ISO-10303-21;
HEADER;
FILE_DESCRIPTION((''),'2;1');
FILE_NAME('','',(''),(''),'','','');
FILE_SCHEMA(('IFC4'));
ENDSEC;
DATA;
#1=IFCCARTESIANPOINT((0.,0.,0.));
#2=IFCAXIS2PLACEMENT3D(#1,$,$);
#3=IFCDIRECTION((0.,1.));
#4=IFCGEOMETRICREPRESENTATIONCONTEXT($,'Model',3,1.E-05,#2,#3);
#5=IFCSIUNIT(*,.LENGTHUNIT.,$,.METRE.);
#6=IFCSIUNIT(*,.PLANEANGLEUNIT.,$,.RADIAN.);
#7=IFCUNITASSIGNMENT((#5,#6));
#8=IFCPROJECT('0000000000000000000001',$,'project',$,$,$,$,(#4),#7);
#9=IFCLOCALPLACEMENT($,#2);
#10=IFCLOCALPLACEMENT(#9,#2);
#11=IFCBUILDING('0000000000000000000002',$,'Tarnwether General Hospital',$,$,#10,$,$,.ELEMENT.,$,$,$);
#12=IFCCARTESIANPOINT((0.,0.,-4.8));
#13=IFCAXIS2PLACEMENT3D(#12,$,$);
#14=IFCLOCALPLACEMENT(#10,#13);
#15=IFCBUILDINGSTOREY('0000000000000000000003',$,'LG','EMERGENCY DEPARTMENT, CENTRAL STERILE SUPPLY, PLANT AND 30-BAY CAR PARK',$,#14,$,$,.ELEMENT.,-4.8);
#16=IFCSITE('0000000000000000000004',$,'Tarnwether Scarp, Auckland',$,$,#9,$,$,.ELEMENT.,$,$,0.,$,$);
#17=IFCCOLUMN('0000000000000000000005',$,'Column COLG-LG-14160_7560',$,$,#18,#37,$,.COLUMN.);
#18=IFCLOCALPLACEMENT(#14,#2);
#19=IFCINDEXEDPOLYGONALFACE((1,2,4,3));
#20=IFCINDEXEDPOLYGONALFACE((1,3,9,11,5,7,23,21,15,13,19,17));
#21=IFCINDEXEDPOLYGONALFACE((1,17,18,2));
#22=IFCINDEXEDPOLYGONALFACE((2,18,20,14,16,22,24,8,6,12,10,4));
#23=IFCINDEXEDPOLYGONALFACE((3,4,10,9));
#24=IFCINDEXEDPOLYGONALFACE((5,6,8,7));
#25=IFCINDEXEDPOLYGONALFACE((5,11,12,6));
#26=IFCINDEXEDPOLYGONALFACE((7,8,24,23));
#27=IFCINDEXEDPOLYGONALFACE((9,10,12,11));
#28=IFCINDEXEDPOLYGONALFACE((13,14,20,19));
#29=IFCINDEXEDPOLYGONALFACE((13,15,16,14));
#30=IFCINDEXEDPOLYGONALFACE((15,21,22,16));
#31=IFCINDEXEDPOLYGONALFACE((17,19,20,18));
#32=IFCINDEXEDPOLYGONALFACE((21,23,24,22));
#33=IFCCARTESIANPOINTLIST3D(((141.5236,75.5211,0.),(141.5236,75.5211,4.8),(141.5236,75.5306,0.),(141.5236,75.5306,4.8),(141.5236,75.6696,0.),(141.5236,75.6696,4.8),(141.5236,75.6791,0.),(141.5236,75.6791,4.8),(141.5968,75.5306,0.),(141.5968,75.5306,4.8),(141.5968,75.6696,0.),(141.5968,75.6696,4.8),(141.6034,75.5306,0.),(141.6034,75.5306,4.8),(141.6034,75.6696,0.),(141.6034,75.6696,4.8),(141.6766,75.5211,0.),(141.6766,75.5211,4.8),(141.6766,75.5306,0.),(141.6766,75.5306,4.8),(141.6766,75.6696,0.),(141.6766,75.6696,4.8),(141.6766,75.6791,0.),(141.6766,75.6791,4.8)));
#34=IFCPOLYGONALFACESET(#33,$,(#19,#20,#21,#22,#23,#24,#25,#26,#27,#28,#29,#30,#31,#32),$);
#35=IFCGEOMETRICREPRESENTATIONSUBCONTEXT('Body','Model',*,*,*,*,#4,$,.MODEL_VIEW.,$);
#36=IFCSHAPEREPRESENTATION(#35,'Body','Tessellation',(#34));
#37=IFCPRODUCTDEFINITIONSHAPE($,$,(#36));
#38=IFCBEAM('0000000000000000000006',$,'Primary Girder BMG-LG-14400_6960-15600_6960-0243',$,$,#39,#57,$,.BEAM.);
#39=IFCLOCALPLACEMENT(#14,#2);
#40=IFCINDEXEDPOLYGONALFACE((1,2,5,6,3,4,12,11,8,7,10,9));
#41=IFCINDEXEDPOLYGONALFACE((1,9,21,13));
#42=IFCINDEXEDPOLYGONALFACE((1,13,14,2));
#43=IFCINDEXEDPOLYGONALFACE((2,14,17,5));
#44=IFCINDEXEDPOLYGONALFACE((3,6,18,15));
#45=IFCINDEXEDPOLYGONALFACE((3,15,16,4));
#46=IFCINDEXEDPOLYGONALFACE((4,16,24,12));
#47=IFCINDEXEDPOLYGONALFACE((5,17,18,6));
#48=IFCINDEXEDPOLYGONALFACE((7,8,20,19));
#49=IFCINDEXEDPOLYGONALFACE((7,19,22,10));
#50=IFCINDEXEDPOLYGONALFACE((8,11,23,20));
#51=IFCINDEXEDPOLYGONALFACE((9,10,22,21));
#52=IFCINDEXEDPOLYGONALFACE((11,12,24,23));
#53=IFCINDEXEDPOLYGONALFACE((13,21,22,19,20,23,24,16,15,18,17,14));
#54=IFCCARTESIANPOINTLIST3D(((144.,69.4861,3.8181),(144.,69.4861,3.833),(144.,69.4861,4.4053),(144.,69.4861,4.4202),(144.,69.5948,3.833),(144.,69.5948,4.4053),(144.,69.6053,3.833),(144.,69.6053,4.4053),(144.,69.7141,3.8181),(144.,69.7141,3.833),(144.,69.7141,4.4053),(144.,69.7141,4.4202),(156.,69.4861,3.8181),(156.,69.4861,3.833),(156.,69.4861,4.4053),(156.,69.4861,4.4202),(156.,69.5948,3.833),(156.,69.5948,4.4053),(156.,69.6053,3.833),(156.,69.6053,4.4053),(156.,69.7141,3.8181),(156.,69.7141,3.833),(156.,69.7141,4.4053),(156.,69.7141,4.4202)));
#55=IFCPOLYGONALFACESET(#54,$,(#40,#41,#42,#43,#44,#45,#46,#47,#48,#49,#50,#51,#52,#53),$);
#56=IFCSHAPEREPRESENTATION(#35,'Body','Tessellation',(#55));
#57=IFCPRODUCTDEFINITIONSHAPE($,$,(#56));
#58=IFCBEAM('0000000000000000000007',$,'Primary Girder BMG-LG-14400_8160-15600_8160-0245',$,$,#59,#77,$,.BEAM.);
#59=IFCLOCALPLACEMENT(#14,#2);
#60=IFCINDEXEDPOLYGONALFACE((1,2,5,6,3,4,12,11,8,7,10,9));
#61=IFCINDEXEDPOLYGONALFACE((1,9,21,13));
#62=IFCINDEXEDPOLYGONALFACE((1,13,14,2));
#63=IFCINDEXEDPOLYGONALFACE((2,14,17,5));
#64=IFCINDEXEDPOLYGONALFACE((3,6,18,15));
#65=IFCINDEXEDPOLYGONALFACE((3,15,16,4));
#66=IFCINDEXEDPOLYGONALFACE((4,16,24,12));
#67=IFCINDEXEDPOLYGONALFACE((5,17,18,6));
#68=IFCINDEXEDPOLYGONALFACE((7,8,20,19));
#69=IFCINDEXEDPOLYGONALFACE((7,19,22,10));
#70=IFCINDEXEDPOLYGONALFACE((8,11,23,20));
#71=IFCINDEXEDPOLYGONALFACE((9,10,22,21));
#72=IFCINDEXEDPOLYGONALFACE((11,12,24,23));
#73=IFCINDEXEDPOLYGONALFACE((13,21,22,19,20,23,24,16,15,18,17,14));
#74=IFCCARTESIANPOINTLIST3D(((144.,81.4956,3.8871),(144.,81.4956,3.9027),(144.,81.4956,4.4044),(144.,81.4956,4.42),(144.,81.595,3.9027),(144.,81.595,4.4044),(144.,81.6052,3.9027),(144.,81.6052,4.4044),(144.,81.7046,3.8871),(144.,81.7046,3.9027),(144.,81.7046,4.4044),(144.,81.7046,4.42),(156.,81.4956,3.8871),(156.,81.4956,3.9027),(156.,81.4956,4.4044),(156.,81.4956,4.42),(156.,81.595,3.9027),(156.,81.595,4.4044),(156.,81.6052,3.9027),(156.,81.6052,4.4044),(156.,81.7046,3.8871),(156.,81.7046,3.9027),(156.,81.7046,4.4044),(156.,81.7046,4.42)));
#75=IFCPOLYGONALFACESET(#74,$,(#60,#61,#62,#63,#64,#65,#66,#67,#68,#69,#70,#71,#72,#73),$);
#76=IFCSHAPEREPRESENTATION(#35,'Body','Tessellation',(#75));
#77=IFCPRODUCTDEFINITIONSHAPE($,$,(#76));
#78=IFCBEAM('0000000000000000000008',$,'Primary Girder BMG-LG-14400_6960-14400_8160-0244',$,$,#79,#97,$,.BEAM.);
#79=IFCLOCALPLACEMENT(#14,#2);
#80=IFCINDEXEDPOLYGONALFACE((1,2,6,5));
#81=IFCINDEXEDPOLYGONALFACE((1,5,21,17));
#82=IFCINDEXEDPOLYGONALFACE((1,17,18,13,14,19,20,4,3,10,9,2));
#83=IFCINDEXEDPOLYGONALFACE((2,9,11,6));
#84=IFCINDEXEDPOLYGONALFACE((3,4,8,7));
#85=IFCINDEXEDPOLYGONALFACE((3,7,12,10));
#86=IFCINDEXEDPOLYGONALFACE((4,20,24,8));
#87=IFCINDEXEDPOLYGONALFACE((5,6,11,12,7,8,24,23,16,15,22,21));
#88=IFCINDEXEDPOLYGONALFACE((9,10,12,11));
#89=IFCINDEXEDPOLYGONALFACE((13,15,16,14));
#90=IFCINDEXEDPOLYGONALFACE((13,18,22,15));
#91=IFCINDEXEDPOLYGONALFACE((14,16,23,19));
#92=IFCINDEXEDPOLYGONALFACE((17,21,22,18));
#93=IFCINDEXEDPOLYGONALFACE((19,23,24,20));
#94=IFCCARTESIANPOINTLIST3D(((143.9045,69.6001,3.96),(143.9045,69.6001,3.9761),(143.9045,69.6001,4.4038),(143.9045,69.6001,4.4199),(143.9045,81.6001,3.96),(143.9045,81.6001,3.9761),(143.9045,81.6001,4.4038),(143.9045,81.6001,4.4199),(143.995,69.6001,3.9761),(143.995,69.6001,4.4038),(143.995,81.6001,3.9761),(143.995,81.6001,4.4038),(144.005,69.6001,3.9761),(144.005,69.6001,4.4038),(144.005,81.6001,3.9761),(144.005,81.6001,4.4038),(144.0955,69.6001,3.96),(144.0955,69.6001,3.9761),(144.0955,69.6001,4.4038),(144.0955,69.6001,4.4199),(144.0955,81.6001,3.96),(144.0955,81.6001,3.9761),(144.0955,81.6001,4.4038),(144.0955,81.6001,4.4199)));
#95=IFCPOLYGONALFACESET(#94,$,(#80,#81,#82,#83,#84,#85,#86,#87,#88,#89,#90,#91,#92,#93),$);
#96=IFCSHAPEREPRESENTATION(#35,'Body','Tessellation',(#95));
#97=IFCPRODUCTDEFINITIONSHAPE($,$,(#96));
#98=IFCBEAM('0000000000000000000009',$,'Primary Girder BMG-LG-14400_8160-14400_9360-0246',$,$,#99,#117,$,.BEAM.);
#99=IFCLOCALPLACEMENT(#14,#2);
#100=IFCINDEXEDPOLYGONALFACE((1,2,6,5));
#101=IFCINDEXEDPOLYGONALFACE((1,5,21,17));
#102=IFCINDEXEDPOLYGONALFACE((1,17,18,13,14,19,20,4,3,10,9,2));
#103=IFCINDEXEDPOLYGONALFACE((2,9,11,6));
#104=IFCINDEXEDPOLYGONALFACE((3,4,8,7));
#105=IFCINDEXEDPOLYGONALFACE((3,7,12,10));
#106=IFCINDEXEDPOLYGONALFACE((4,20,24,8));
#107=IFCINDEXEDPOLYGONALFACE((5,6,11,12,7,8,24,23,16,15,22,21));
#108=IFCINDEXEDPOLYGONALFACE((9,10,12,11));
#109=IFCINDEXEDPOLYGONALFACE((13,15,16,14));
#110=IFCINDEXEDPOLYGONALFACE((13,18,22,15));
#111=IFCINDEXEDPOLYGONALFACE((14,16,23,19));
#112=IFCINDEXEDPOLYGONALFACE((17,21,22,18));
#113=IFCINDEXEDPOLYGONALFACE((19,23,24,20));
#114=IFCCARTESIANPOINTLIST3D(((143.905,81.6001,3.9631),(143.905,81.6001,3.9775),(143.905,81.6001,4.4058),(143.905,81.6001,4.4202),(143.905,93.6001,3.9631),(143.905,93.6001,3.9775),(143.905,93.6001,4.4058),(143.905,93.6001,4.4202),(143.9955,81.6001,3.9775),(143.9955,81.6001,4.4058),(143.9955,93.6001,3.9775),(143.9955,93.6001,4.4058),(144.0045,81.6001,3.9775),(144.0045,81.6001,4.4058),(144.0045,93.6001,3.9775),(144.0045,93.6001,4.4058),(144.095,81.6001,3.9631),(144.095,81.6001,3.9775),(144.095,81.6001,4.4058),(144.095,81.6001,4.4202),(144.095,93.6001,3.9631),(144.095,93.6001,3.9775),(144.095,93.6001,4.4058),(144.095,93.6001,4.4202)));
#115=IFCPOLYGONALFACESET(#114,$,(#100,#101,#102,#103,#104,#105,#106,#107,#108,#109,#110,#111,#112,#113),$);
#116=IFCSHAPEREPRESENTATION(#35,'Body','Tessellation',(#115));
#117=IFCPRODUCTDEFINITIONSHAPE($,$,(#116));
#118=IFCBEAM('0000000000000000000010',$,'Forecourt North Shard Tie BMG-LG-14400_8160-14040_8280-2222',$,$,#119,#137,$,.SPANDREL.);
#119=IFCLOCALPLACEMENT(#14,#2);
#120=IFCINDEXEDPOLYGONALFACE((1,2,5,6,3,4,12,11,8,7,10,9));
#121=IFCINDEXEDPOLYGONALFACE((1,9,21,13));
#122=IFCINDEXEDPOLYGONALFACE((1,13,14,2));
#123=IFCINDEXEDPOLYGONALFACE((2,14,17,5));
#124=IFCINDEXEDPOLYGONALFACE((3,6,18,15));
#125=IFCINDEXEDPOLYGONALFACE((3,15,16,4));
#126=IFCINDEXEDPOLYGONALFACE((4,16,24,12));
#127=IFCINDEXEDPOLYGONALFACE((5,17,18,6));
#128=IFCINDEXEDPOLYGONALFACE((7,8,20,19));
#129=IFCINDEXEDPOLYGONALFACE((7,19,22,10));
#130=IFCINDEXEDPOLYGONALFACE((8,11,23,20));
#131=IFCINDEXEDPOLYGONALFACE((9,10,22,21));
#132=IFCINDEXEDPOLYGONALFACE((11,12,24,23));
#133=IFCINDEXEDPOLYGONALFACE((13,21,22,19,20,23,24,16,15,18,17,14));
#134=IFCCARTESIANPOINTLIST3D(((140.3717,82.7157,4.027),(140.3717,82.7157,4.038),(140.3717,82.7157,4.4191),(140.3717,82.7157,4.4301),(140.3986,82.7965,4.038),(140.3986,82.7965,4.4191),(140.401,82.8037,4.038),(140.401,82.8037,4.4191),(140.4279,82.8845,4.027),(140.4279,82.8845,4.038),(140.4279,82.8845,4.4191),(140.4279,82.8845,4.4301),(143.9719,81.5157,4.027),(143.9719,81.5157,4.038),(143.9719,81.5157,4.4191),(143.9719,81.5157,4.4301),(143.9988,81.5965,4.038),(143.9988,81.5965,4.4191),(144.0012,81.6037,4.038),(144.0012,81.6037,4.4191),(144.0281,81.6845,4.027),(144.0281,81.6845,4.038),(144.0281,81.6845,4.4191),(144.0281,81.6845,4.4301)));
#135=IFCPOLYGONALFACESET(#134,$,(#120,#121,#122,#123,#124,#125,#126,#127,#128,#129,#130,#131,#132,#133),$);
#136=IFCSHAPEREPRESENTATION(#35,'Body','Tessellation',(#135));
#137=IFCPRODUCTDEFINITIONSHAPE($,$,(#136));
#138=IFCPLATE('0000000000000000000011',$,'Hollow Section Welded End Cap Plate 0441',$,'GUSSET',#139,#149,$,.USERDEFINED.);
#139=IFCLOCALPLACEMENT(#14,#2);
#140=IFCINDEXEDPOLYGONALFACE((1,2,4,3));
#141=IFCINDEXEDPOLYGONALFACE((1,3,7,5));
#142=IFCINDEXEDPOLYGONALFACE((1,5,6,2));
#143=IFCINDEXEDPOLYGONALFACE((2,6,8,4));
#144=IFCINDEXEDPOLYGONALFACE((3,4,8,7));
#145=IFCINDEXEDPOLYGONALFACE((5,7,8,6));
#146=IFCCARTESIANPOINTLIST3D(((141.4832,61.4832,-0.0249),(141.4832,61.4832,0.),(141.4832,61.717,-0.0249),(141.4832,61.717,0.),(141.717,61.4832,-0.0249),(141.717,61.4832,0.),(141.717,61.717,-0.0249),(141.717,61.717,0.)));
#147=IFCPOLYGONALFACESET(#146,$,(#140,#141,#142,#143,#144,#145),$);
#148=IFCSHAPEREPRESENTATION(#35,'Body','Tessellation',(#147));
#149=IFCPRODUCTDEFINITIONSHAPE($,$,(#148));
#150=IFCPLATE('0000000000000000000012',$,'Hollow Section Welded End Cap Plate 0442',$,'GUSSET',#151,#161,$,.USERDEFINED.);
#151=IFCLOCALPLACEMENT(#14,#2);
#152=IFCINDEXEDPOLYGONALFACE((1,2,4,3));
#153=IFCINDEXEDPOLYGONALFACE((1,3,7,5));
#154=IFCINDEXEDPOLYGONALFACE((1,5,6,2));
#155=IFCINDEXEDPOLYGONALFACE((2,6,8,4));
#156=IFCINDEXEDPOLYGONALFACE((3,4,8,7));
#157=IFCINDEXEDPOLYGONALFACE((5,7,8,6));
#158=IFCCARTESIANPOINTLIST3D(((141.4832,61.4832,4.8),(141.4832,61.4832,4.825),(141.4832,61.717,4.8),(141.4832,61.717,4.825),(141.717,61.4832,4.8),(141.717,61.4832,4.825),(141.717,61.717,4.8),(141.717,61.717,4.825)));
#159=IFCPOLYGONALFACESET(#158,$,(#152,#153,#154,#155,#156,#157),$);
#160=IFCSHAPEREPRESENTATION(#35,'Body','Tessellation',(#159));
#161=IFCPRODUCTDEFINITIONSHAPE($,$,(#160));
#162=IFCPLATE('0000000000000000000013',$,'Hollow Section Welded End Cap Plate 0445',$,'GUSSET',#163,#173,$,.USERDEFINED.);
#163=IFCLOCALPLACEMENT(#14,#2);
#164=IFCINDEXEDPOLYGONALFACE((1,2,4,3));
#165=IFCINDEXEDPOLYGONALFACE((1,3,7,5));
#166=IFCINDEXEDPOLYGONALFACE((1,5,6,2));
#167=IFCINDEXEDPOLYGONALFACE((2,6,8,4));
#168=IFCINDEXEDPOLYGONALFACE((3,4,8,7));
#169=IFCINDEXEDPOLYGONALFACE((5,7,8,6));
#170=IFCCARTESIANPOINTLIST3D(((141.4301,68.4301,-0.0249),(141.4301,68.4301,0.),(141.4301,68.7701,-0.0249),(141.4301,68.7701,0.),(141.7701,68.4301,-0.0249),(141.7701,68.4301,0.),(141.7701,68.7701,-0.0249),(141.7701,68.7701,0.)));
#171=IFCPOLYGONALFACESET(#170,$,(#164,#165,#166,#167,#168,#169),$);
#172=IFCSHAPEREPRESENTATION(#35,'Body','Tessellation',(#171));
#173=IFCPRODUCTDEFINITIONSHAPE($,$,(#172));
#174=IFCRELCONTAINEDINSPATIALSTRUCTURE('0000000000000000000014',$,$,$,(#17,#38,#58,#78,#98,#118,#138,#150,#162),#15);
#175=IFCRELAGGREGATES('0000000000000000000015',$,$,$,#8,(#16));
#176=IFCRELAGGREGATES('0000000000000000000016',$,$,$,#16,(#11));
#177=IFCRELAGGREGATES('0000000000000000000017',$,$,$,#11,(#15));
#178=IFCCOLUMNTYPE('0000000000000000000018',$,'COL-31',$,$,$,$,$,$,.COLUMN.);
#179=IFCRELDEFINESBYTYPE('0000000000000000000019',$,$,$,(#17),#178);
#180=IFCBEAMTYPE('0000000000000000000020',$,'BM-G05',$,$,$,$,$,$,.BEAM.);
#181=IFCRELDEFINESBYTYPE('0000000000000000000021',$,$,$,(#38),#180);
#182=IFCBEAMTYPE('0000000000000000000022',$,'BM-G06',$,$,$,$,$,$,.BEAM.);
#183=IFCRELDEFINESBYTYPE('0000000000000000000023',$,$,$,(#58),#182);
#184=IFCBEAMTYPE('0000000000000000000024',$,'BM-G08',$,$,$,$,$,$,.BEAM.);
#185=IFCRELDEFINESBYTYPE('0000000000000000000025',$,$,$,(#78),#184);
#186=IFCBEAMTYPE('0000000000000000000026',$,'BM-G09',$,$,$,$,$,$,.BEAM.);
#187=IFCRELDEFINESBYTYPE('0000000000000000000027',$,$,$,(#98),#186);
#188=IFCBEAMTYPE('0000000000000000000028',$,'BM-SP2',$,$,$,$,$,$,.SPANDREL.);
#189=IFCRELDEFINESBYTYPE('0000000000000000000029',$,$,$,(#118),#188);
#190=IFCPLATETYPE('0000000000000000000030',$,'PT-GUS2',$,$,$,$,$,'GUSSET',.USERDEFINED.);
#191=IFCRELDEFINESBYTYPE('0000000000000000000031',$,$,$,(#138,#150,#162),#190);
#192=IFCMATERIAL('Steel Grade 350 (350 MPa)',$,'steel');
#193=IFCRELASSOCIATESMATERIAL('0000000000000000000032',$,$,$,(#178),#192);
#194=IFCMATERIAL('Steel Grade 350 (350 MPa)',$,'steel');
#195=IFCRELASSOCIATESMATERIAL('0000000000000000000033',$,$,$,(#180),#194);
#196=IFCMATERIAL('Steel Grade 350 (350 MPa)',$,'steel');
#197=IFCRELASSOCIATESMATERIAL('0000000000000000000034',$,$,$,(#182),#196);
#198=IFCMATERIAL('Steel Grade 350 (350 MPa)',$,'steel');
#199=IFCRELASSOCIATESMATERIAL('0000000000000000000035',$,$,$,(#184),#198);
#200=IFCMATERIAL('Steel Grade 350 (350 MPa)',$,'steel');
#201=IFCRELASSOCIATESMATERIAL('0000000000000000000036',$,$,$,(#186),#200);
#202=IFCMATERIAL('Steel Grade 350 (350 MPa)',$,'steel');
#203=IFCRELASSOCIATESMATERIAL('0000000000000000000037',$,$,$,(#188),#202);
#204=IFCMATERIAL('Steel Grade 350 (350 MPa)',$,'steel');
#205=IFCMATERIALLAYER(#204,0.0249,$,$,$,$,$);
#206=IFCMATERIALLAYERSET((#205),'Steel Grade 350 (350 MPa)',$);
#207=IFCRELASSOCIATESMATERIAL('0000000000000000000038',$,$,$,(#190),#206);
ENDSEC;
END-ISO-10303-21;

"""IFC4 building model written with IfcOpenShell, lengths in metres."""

from ifc_helpers import new_model, si_unit, direction, frame, origin, origin_2d, place, context, subcontext, project, spatial, rectangle, i_section, extrude, material, layer, layer_set, material_profile, profile_set, type_object, element, save


model = new_model("IFC4")

# Units and contexts
model_context = context("Model", 3, precision=1e-05, world=origin(), true_north=direction((0.0, 1.0)))
body_context = subcontext(model_context, "Body", "Model", "MODEL_VIEW")
ifc_project = project(units=[si_unit("LENGTHUNIT", "METRE"), si_unit("PLANEANGLEUNIT", "RADIAN")], contexts=[model_context])

# Site, building, storey
site_placement = place(None, origin())
site = spatial("IfcSite", under=ifc_project, at=site_placement, Name="Tarnwether Scarp, Auckland", CompositionType="ELEMENT", RefElevation=0.0)
building_placement = place(site_placement, origin())
building = spatial("IfcBuilding", under=site, at=building_placement, Name="Tarnwether General Hospital", CompositionType="ELEMENT")
storey_placement = place(building_placement, frame((0.0, 0.0, -4.8)))
storey = spatial("IfcBuildingStorey", under=building, at=storey_placement, Name="LG", Description="EMERGENCY DEPARTMENT, CENTRAL STERILE SUPPLY, PLANT AND 30-BAY CAR PARK", CompositionType="ELEMENT", Elevation=-4.8)

# Column
ifc_material_1 = material(Name="Steel Grade 350 (350 MPa)", Category="steel")
ifc_material_profile_1 = material_profile(ifc_material_1, i_section(OverallWidth=0.1531, OverallDepth=0.158, WebThickness=0.0066, FlangeThickness=0.0095, at=origin_2d()), Name="150UC30.0")
ifc_profile_set_1 = profile_set([ifc_material_profile_1], Name="Steel Grade 350 (350 MPa)")
column_type_1 = type_object("IfcColumnType", Name="COL-31", PredefinedType="COLUMN", material=ifc_profile_set_1)
column_1_placement = place(storey_placement, frame((141.6001, 75.6001, 0.0), z_axis=(0.0, 0.0, 1.0), x_axis=(1.0, 0.0, 0.0)))
element("IfcColumn", 1, at=column_1_placement, inside=storey, type_object=column_type_1, Name="Column COLG-LG-14160_7560", PredefinedType="COLUMN", context=body_context, shape_type="SweptSolid", body=[
    extrude(i_section(OverallWidth=0.1531, OverallDepth=0.158, WebThickness=0.0066, FlangeThickness=0.0095, at=origin_2d()), origin(), (0.0, 0.0, 1.0), 4.8),
])

# Beams
ifc_material_2 = material(Name="Steel Grade 350 (350 MPa)", Category="steel")
ifc_material_profile_2 = material_profile(ifc_material_2, i_section(OverallWidth=0.228, OverallDepth=0.6021, WebThickness=0.0105, FlangeThickness=0.0149, at=origin_2d()), Name="610UB101")
ifc_profile_set_2 = profile_set([ifc_material_profile_2], Name="Steel Grade 350 (350 MPa)")
beam_type_1 = type_object("IfcBeamType", Name="BM-G05", PredefinedType="BEAM", material=ifc_profile_set_2)
beam_1_placement = place(storey_placement, frame((144.0, 69.6001, 4.1191), z_axis=(1.0, 0.0, 0.0), x_axis=(0.0, 1.0, 0.0)))
element("IfcBeam", 2, at=beam_1_placement, inside=storey, type_object=beam_type_1, Name="Primary Girder BMG-LG-14400_6960-15600_6960-0243", PredefinedType="BEAM", context=body_context, shape_type="SweptSolid", body=[
    extrude(i_section(OverallWidth=0.228, OverallDepth=0.6021, WebThickness=0.0105, FlangeThickness=0.0149, at=origin_2d()), origin(), (0.0, 0.0, 1.0), 12.0),
])
ifc_material_3 = material(Name="Steel Grade 350 (350 MPa)", Category="steel")
ifc_material_profile_3 = material_profile(ifc_material_3, i_section(OverallWidth=0.209, OverallDepth=0.533, WebThickness=0.0103, FlangeThickness=0.0156, at=origin_2d()), Name="530UB92.4")
ifc_profile_set_3 = profile_set([ifc_material_profile_3], Name="Steel Grade 350 (350 MPa)")
beam_type_2 = type_object("IfcBeamType", Name="BM-G06", PredefinedType="BEAM", material=ifc_profile_set_3)
beam_2_placement = place(storey_placement, frame((144.0, 81.6001, 4.1536), z_axis=(1.0, 0.0, 0.0), x_axis=(0.0, 1.0, 0.0)))
element("IfcBeam", 3, at=beam_2_placement, inside=storey, type_object=beam_type_2, Name="Primary Girder BMG-LG-14400_8160-15600_8160-0245", PredefinedType="BEAM", context=body_context, shape_type="SweptSolid", body=[
    extrude(i_section(OverallWidth=0.209, OverallDepth=0.533, WebThickness=0.0103, FlangeThickness=0.0156, at=origin_2d()), origin(), (0.0, 0.0, 1.0), 12.0),
])
ifc_material_4 = material(Name="Steel Grade 350 (350 MPa)", Category="steel")
ifc_material_profile_4 = material_profile(ifc_material_4, i_section(OverallWidth=0.1909, OverallDepth=0.46, WebThickness=0.01, FlangeThickness=0.0161, at=origin_2d()), Name="460UB82.1")
ifc_profile_set_4 = profile_set([ifc_material_profile_4], Name="Steel Grade 350 (350 MPa)")
beam_type_3 = type_object("IfcBeamType", Name="BM-G08", PredefinedType="BEAM", material=ifc_profile_set_4)
beam_3_placement = place(storey_placement, frame((144.0, 69.6001, 4.1899), z_axis=(0.0, 1.0, 0.0), x_axis=(-1.0, 0.0, 0.0)))
element("IfcBeam", 4, at=beam_3_placement, inside=storey, type_object=beam_type_3, Name="Primary Girder BMG-LG-14400_6960-14400_8160-0244", PredefinedType="BEAM", context=body_context, shape_type="SweptSolid", body=[
    extrude(i_section(OverallWidth=0.1909, OverallDepth=0.46, WebThickness=0.01, FlangeThickness=0.0161, at=origin_2d()), origin(), (0.0, 0.0, 1.0), 12.0),
])
ifc_material_5 = material(Name="Steel Grade 350 (350 MPa)", Category="steel")
ifc_material_profile_5 = material_profile(ifc_material_5, i_section(OverallWidth=0.1899, OverallDepth=0.457, WebThickness=0.009, FlangeThickness=0.0144, at=origin_2d()), Name="460UB74.6")
ifc_profile_set_5 = profile_set([ifc_material_profile_5], Name="Steel Grade 350 (350 MPa)")
beam_type_4 = type_object("IfcBeamType", Name="BM-G09", PredefinedType="BEAM", material=ifc_profile_set_5)
beam_4_placement = place(storey_placement, frame((144.0, 81.6001, 4.1917), z_axis=(0.0, 1.0, 0.0), x_axis=(-1.0, 0.0, 0.0)))
element("IfcBeam", 5, at=beam_4_placement, inside=storey, type_object=beam_type_4, Name="Primary Girder BMG-LG-14400_8160-14400_9360-0246", PredefinedType="BEAM", context=body_context, shape_type="SweptSolid", body=[
    extrude(i_section(OverallWidth=0.1899, OverallDepth=0.457, WebThickness=0.009, FlangeThickness=0.0144, at=origin_2d()), origin(), (0.0, 0.0, 1.0), 12.0),
])
ifc_material_6 = material(Name="Steel Grade 350 (350 MPa)", Category="steel")
ifc_material_profile_6 = material_profile(ifc_material_6, i_section(OverallWidth=0.178, OverallDepth=0.4031, WebThickness=0.0076, FlangeThickness=0.011, at=origin_2d()), Name="410UB53.7")
ifc_profile_set_6 = profile_set([ifc_material_profile_6], Name="Steel Grade 350 (350 MPa)")
beam_type_5 = type_object("IfcBeamType", Name="BM-SP2", PredefinedType="SPANDREL", material=ifc_profile_set_6)
beam_5_placement = place(storey_placement, frame((144.0, 81.6001, 4.2285), z_axis=(-0.94869, 0.316208, 0.0), x_axis=(-0.316208, -0.94869, 0.0)))
element("IfcBeam", 6, at=beam_5_placement, inside=storey, type_object=beam_type_5, Name="Forecourt North Shard Tie BMG-LG-14400_8160-14040_8280-2222", PredefinedType="SPANDREL", context=body_context, shape_type="SweptSolid", body=[
    extrude(i_section(OverallWidth=0.178, OverallDepth=0.4031, WebThickness=0.0076, FlangeThickness=0.011, at=origin_2d()), origin(), (0.0, 0.0, 1.0), 3.7949),
])

# Plates
ifc_material_7 = material(Name="Steel Grade 350 (350 MPa)", Category="steel")
ifc_layer = layer(ifc_material_7, 0.0249)
ifc_layer_set = layer_set([ifc_layer], Name="Steel Grade 350 (350 MPa)")
plate_type = type_object("IfcPlateType", Name="PT-GUS2", ElementType="GUSSET", PredefinedType="USERDEFINED", material=ifc_layer_set)
for number, where, z_axis, x_axis, name in (
    (7, (141.6001, 61.6001, -0.0249), (0.0, 0.0, 1.0), (1.0, 0.0, 0.0), "Hollow Section Welded End Cap Plate 0441"),
    (8, (141.6001, 61.6001, 4.8), (0.0, 0.0, 1.0), (1.0, 0.0, 0.0), "Hollow Section Welded End Cap Plate 0442"),
):
    element("IfcPlate", number, at=place(storey_placement, frame(where, z_axis=z_axis, x_axis=x_axis)), inside=storey, type_object=plate_type, Name=name, ObjectType="GUSSET", PredefinedType="USERDEFINED", context=body_context, shape_type="SweptSolid", body=[
        extrude(rectangle(XDim=0.2339, YDim=0.2339, at=origin_2d()), origin(), (0.0, 0.0, 1.0), 0.0249),
    ])
for number, where, z_axis, x_axis, name in (
    (9, (141.6001, 68.6001, -0.0249), (0.0, 0.0, 1.0), (1.0, 0.0, 0.0), "Hollow Section Welded End Cap Plate 0445"),
):
    element("IfcPlate", number, at=place(storey_placement, frame(where, z_axis=z_axis, x_axis=x_axis)), inside=storey, type_object=plate_type, Name=name, ObjectType="GUSSET", PredefinedType="USERDEFINED", context=body_context, shape_type="SweptSolid", body=[
        extrude(rectangle(XDim=0.3401, YDim=0.3401, at=origin_2d()), origin(), (0.0, 0.0, 1.0), 0.0249),
    ])

save(model, "model.ifc")
